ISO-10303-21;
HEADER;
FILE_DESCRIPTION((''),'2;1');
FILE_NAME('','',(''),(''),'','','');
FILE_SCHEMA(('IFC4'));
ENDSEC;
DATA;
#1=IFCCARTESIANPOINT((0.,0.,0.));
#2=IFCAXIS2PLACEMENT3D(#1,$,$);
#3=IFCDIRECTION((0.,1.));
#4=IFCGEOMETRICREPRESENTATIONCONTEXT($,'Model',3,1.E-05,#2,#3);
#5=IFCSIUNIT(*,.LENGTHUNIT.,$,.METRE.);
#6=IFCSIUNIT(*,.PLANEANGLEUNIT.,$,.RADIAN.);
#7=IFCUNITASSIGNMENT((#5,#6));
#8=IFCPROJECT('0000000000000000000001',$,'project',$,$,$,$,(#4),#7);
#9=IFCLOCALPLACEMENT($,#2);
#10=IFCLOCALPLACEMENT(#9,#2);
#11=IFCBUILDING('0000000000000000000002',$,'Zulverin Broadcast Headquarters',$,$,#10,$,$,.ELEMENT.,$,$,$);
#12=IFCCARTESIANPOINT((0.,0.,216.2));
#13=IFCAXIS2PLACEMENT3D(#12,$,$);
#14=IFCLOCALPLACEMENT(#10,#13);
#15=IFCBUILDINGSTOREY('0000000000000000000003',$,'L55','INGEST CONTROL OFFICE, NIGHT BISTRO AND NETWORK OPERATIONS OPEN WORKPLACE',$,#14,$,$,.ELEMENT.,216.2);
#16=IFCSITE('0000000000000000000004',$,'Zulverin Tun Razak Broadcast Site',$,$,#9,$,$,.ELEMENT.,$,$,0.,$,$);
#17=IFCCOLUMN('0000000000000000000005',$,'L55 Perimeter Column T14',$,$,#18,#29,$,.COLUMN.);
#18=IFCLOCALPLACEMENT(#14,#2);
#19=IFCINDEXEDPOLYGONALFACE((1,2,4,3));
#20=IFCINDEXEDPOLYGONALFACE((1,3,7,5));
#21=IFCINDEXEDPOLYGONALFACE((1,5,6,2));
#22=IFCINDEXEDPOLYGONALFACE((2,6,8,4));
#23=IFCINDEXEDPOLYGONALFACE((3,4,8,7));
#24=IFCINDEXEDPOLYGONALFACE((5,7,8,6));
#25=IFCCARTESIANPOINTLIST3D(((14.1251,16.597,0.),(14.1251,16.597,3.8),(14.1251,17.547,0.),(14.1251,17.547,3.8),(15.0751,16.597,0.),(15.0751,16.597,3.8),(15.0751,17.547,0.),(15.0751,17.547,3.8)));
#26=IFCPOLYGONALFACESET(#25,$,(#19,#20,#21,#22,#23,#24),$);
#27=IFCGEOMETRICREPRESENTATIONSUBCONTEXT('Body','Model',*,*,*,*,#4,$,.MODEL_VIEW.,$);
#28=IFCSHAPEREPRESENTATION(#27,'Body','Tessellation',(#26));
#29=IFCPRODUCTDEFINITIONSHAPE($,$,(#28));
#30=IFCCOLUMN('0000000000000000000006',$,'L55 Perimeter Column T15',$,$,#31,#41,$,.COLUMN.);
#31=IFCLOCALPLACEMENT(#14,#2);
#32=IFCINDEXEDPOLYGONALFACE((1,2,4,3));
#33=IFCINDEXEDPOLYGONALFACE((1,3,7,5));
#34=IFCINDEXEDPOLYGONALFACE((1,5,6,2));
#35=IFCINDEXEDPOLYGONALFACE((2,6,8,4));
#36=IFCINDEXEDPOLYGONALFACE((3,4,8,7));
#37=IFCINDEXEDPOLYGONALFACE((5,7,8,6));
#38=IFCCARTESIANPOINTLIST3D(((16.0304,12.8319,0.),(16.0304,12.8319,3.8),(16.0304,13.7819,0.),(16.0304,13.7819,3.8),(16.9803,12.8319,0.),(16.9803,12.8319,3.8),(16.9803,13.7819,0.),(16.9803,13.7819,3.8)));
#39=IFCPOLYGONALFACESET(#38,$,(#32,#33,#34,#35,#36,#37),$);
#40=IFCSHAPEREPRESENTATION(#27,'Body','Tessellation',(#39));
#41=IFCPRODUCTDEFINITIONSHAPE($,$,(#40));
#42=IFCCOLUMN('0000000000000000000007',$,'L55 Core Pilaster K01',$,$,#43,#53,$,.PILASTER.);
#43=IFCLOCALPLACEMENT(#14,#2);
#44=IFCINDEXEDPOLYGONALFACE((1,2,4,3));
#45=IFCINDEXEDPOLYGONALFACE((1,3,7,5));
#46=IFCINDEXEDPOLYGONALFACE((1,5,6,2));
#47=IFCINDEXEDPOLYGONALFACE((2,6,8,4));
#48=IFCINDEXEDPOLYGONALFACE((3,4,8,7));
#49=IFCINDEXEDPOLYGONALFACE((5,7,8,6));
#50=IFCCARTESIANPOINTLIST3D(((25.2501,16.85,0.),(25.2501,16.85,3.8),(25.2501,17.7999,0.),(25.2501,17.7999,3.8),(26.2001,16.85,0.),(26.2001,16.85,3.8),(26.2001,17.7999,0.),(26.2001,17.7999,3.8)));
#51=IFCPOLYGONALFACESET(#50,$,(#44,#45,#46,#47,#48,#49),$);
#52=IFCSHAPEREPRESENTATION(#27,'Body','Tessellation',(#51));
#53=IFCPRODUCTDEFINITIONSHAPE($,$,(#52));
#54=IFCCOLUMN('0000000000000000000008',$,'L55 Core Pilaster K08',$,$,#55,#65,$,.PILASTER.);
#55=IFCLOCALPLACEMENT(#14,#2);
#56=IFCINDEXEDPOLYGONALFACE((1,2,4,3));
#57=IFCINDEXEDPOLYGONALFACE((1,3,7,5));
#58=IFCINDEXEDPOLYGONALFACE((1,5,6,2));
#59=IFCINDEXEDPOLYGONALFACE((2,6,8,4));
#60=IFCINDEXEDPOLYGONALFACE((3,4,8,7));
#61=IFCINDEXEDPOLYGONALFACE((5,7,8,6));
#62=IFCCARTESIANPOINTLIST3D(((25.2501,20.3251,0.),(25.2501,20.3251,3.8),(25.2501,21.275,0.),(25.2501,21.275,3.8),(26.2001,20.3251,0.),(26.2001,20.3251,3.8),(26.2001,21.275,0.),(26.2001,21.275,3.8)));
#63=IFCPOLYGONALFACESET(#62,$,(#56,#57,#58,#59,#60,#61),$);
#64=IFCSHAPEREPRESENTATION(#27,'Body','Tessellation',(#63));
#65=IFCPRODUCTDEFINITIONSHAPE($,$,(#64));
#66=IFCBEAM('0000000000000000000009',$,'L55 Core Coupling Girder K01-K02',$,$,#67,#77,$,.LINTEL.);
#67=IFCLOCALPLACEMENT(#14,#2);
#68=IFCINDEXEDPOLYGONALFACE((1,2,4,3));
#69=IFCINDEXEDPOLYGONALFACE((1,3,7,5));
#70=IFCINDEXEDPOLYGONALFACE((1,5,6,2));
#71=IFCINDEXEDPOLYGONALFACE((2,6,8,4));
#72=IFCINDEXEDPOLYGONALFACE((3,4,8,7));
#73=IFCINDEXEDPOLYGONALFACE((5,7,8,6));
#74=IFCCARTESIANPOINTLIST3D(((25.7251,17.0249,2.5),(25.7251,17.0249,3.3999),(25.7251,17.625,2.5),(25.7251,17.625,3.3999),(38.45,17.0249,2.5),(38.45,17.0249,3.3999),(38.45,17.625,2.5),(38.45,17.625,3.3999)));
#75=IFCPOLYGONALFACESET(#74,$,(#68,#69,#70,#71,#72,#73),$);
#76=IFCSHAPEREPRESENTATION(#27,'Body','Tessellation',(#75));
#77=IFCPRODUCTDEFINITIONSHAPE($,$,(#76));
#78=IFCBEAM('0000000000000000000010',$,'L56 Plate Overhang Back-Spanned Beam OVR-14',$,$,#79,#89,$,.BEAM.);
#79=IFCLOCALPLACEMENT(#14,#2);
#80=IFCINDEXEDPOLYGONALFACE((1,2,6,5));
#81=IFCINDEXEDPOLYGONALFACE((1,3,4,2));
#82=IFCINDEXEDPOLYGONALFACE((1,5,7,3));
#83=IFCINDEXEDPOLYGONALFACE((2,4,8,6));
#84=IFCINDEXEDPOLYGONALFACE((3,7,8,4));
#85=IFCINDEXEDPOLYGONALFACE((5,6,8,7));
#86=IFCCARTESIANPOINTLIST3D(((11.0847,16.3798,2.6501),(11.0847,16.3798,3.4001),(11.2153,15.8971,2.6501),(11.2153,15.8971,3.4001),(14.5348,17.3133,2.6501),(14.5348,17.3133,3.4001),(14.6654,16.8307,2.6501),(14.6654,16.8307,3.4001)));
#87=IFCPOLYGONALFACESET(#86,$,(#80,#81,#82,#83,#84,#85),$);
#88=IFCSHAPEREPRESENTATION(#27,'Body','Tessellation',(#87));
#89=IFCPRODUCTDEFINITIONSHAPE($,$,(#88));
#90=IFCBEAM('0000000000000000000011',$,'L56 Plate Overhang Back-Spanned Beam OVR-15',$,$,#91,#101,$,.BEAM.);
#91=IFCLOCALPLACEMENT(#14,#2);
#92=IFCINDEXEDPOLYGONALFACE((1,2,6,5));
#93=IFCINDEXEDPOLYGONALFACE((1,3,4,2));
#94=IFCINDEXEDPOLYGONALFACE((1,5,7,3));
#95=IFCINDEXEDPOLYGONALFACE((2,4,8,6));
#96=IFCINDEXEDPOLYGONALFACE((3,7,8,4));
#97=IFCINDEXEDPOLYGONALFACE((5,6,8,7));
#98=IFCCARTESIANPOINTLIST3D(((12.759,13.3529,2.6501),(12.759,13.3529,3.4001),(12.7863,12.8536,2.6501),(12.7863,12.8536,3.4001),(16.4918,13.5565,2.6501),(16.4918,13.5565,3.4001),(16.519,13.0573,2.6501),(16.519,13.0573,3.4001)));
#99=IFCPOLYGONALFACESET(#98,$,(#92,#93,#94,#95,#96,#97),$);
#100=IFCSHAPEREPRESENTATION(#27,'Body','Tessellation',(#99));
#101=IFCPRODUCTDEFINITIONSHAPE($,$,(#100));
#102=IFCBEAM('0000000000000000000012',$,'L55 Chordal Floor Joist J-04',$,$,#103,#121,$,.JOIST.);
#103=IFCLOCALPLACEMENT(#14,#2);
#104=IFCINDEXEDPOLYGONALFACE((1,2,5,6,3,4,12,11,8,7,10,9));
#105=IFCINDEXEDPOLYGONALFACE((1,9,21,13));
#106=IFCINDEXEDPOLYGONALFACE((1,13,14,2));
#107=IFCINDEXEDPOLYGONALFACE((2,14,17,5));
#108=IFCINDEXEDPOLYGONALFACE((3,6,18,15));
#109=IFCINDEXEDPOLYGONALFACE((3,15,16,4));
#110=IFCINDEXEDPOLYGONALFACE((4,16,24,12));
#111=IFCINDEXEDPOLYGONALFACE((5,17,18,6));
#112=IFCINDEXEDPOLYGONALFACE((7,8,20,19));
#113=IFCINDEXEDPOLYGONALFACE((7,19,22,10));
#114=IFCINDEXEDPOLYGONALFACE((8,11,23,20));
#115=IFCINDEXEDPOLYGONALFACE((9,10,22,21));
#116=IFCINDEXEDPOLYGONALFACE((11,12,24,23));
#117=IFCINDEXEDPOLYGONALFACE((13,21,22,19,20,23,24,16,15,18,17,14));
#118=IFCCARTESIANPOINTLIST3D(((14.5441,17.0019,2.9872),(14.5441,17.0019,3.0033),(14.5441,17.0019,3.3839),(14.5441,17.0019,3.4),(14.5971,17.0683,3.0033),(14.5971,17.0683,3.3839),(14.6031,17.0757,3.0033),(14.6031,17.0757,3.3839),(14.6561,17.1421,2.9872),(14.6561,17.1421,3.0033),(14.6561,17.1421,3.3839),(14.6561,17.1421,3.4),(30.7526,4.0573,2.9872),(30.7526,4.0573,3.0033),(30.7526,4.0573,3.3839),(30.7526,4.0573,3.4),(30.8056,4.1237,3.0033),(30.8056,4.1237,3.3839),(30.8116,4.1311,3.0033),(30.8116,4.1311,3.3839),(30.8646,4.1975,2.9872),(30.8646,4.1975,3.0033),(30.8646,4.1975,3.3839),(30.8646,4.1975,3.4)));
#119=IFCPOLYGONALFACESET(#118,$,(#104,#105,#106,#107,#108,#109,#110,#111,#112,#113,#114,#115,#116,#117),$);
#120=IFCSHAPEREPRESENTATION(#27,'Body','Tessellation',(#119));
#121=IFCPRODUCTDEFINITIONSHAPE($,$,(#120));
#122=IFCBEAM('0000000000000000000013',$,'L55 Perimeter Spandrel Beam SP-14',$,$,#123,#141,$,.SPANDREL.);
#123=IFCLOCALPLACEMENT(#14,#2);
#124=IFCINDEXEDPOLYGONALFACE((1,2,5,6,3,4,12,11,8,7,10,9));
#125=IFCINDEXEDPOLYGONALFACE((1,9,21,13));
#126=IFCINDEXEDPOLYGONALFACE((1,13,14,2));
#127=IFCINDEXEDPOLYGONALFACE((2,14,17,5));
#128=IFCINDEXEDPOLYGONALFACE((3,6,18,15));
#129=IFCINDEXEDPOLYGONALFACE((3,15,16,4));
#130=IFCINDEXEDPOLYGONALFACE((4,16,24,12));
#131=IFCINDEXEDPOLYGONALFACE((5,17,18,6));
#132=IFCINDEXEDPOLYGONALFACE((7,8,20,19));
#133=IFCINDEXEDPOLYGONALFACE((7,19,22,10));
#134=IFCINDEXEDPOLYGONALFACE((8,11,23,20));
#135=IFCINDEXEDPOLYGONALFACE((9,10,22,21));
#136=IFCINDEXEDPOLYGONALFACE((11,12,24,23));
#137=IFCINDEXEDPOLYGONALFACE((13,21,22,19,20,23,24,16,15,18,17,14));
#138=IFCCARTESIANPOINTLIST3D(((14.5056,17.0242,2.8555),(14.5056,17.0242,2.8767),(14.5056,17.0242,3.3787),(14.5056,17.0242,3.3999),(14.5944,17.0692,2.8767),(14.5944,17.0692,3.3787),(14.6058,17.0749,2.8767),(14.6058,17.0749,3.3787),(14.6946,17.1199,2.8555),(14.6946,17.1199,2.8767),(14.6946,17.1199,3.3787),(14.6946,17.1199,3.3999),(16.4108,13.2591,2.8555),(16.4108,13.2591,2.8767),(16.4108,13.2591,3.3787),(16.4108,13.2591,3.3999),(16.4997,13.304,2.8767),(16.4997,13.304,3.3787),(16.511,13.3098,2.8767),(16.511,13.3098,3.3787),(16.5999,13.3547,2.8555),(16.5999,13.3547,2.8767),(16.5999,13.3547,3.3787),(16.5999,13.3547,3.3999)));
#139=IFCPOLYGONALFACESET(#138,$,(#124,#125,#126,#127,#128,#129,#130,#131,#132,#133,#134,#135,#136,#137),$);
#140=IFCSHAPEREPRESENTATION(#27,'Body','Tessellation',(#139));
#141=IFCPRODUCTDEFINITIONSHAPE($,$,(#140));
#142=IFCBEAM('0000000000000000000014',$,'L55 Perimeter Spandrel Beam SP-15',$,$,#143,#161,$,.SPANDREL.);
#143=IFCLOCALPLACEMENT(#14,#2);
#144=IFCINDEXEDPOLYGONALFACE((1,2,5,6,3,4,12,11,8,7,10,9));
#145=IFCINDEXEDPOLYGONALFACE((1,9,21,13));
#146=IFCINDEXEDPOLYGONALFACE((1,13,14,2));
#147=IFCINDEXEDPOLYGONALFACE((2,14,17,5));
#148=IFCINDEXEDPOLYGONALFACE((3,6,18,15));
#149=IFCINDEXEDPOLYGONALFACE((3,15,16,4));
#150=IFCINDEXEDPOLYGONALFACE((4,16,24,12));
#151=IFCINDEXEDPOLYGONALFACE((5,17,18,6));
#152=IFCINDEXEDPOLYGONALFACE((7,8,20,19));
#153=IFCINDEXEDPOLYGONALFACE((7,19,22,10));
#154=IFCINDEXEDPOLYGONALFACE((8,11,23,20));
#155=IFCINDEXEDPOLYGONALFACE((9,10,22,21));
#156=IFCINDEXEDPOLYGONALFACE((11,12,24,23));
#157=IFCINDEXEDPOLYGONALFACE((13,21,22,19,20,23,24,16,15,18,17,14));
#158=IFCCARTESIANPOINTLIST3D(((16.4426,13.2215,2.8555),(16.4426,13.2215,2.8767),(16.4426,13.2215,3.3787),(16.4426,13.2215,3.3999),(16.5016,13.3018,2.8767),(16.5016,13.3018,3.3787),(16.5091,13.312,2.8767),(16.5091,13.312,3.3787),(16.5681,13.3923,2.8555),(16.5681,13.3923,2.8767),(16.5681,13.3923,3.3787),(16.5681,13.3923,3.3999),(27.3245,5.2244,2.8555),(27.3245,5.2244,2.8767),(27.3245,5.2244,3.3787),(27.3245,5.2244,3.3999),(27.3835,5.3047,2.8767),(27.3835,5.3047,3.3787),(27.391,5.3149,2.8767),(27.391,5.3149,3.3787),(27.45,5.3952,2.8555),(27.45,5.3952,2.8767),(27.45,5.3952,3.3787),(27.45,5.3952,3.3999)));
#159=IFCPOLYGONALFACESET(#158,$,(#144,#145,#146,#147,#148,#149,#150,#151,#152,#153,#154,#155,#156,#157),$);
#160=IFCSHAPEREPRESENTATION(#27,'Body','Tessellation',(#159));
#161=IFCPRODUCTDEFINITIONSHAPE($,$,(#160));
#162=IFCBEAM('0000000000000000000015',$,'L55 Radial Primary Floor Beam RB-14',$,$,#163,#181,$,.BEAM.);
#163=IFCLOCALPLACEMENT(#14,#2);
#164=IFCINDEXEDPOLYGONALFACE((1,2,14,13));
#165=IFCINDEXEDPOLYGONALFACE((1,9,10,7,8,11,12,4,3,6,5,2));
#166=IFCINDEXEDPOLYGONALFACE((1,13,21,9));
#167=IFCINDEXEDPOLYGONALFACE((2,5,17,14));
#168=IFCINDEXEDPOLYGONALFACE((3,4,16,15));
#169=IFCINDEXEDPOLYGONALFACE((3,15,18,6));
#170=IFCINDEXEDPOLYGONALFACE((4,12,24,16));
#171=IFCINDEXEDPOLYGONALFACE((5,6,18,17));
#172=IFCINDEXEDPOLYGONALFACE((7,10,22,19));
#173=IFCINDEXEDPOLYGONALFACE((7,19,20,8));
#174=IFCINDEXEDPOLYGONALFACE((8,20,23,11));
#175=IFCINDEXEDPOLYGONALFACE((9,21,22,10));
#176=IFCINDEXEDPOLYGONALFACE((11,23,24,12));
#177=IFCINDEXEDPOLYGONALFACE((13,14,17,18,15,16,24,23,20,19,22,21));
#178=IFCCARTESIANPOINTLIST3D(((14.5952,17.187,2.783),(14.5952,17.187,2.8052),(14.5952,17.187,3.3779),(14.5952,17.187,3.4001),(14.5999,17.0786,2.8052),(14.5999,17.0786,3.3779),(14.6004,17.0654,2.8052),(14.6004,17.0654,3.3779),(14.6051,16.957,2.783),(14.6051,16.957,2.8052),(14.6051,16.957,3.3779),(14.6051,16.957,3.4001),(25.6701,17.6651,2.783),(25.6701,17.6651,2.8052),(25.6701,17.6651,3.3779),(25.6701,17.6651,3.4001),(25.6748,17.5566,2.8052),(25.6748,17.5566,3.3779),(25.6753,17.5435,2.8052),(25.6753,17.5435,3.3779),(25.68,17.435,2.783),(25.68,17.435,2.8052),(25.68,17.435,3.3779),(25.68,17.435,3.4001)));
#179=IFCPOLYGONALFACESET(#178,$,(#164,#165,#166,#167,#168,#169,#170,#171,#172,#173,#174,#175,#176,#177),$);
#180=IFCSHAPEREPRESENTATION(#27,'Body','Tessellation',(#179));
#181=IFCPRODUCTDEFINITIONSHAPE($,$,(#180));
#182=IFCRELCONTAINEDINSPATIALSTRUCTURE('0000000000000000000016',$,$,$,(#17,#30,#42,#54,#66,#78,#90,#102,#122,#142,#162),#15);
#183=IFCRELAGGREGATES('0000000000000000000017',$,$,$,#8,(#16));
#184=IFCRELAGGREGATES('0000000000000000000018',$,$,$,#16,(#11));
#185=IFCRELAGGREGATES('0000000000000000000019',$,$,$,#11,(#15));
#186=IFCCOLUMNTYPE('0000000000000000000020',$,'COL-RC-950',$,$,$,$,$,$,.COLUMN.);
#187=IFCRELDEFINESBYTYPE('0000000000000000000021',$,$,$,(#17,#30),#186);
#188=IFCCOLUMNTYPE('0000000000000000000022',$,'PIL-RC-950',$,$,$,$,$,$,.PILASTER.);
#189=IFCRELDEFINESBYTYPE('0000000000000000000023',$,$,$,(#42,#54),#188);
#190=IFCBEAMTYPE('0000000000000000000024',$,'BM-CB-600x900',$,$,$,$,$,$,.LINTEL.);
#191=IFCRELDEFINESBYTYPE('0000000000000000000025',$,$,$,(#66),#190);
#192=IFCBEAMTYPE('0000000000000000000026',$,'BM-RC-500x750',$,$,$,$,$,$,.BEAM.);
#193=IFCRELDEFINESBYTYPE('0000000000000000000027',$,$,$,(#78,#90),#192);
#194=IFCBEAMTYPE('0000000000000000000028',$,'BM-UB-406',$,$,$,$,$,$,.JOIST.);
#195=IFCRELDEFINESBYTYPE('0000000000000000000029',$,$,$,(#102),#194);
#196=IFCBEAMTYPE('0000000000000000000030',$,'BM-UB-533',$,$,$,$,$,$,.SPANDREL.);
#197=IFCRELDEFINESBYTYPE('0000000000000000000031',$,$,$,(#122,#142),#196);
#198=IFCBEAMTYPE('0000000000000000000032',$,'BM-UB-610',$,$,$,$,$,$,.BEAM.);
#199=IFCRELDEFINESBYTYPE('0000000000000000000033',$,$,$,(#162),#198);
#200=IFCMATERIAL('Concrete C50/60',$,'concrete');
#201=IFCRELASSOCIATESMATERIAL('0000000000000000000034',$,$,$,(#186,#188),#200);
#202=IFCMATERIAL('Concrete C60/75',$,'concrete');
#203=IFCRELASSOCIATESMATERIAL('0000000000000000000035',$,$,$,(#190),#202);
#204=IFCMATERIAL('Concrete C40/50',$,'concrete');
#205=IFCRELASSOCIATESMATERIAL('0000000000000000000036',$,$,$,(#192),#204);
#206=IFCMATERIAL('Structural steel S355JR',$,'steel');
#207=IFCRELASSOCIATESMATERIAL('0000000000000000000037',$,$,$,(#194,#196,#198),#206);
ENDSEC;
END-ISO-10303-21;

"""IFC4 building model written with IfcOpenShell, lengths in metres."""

from ifc_helpers import new_model, si_unit, direction, frame, origin, origin_2d, place, context, subcontext, project, spatial, rectangle, i_section, extrude, material, material_profile, profile_set, type_object, element, save


model = new_model("IFC4")

# Units and contexts
model_context = context("Model", 3, precision=1e-05, world=origin(), true_north=direction((0.0, 1.0)))
body_context = subcontext(model_context, "Body", "Model", "MODEL_VIEW")
ifc_project = project(units=[si_unit("LENGTHUNIT", "METRE"), si_unit("PLANEANGLEUNIT", "RADIAN")], contexts=[model_context])

# Site, building, storey
site_placement = place(None, origin())
site = spatial("IfcSite", under=ifc_project, at=site_placement, Name="Zulverin Tun Razak Broadcast Site", CompositionType="ELEMENT", RefElevation=0.0)
building_placement = place(site_placement, origin())
building = spatial("IfcBuilding", under=site, at=building_placement, Name="Zulverin Broadcast Headquarters", CompositionType="ELEMENT")
storey_placement = place(building_placement, frame((0.0, 0.0, 216.2)))
storey = spatial("IfcBuildingStorey", under=building, at=storey_placement, Name="L55", Description="INGEST CONTROL OFFICE, NIGHT BISTRO AND NETWORK OPERATIONS OPEN WORKPLACE", CompositionType="ELEMENT", Elevation=216.2)

# Columns
ifc_material_1 = material(Name="Concrete C50/60", Category="concrete")
ifc_material_profile_1 = material_profile(ifc_material_1, rectangle(XDim=0.95, YDim=0.95, at=origin_2d()), Name="Concrete C50/60", Category="concrete")
ifc_profile_set_1 = profile_set([ifc_material_profile_1], Name="Concrete C50/60")
column_type_1 = type_object("IfcColumnType", Name="COL-RC-950", PredefinedType="COLUMN", material=ifc_profile_set_1)
for number, where, z_axis, x_axis, name in (
    (1, (14.6001, 17.072, 0.0), (0.0, 0.0, 1.0), (1.0, 0.0, 0.0), "L55 Perimeter Column T14"),
    (2, (16.5054, 13.3069, 0.0), (0.0, 0.0, 1.0), (1.0, 0.0, 0.0), "L55 Perimeter Column T15"),
):
    element("IfcColumn", number, at=place(storey_placement, frame(where, z_axis=z_axis, x_axis=x_axis)), inside=storey, type_object=column_type_1, Name=name, PredefinedType="COLUMN", context=body_context, shape_type="SweptSolid", body=[
        extrude(rectangle(XDim=0.95, YDim=0.95, at=origin_2d()), origin(), (0.0, 0.0, 1.0), 3.8),
    ])
ifc_material_profile_2 = material_profile(ifc_material_1, rectangle(XDim=0.95, YDim=0.95, at=origin_2d()), Name="Concrete C50/60", Category="concrete")
ifc_profile_set_2 = profile_set([ifc_material_profile_2], Name="Concrete C50/60")
column_type_2 = type_object("IfcColumnType", Name="PIL-RC-950", PredefinedType="PILASTER", material=ifc_profile_set_2)
for number, where, z_axis, x_axis, name in (
    (3, (25.7251, 17.325, 0.0), (0.0, 0.0, 1.0), (1.0, 0.0, 0.0), "L55 Core Pilaster K01"),
    (4, (25.7251, 20.8, 0.0), (0.0, 0.0, 1.0), (1.0, 0.0, 0.0), "L55 Core Pilaster K08"),
):
    element("IfcColumn", number, at=place(storey_placement, frame(where, z_axis=z_axis, x_axis=x_axis)), inside=storey, type_object=column_type_2, Name=name, PredefinedType="PILASTER", context=body_context, shape_type="SweptSolid", body=[
        extrude(rectangle(XDim=0.95, YDim=0.95, at=origin_2d()), origin(), (0.0, 0.0, 1.0), 3.8),
    ])

# Beams
ifc_material_2 = material(Name="Concrete C60/75", Category="concrete")
ifc_material_profile_3 = material_profile(ifc_material_2, rectangle(XDim=0.6001, YDim=0.8999, at=origin_2d()), Name="Concrete C60/75", Category="concrete")
ifc_profile_set_3 = profile_set([ifc_material_profile_3], Name="Concrete C60/75")
beam_type_1 = type_object("IfcBeamType", Name="BM-CB-600x900", PredefinedType="LINTEL", material=ifc_profile_set_3)
beam_1_placement = place(storey_placement, frame((25.7251, 17.325, 2.95), z_axis=(1.0, 0.0, 0.0), x_axis=(0.0, 1.0, 0.0)))
element("IfcBeam", 5, at=beam_1_placement, inside=storey, type_object=beam_type_1, Name="L55 Core Coupling Girder K01-K02", PredefinedType="LINTEL", context=body_context, shape_type="SweptSolid", body=[
    extrude(rectangle(XDim=0.6001, YDim=0.8999, at=origin_2d()), origin(), (0.0, 0.0, 1.0), 12.7249),
])
ifc_material_3 = material(Name="Concrete C40/50", Category="concrete")
ifc_material_profile_4 = material_profile(ifc_material_3, rectangle(XDim=0.5, YDim=0.75, at=origin_2d()), Name="Concrete C40/50", Category="concrete")
ifc_profile_set_4 = profile_set([ifc_material_profile_4], Name="Concrete C40/50")
beam_type_2 = type_object("IfcBeamType", Name="BM-RC-500x750", PredefinedType="BEAM", material=ifc_profile_set_4)
beam_2_placement = place(storey_placement, frame((14.6001, 17.072, 3.0251), z_axis=(-0.965285, -0.261198, 0.0), x_axis=(0.261198, -0.965285, 0.0)))
element("IfcBeam", 6, at=beam_2_placement, inside=storey, type_object=beam_type_2, Name="L56 Plate Overhang Back-Spanned Beam OVR-14", PredefinedType="BEAM", context=body_context, shape_type="SweptSolid", body=[
    extrude(rectangle(XDim=0.5, YDim=0.75, at=origin_2d()), origin(), (0.0, 0.0, 1.0), 3.5742),
])
beam_3_placement = place(storey_placement, frame((16.5054, 13.3069, 3.0251), z_axis=(-0.998516, -0.054468, 0.0), x_axis=(0.054468, -0.998516, 0.0)))
element("IfcBeam", 7, at=beam_3_placement, inside=storey, type_object=beam_type_2, Name="L56 Plate Overhang Back-Spanned Beam OVR-15", PredefinedType="BEAM", context=body_context, shape_type="SweptSolid", body=[
    extrude(rectangle(XDim=0.5, YDim=0.75, at=origin_2d()), origin(), (0.0, 0.0, 1.0), 3.7383),
])
ifc_material_4 = material(Name="Structural steel S355JR", Category="steel")
ifc_material_profile_5 = material_profile(ifc_material_4, i_section(OverallWidth=0.1794, OverallDepth=0.4128, WebThickness=0.0095, FlangeThickness=0.0161, at=origin_2d()), Name="Structural steel S355JR", Category="steel")
ifc_profile_set_5 = profile_set([ifc_material_profile_5], Name="Structural steel S355JR")
beam_type_3 = type_object("IfcBeamType", Name="BM-UB-406", PredefinedType="JOIST", material=ifc_profile_set_5)
beam_4_placement = place(storey_placement, frame((14.6001, 17.072, 3.1936), z_axis=(0.781391, -0.624042, 0.0), x_axis=(0.624042, 0.781391, 0.0)))
element("IfcBeam", 8, at=beam_4_placement, inside=storey, type_object=beam_type_3, Name="L55 Chordal Floor Joist J-04", PredefinedType="JOIST", context=body_context, shape_type="SweptSolid", body=[
    extrude(i_section(OverallWidth=0.1794, OverallDepth=0.4128, WebThickness=0.0095, FlangeThickness=0.0161, at=origin_2d()), origin(), (0.0, 0.0, 1.0), 20.7432),
])
ifc_material_profile_6 = material_profile(ifc_material_4, i_section(OverallWidth=0.2119, OverallDepth=0.5444, WebThickness=0.0127, FlangeThickness=0.0212, at=origin_2d()), Name="Structural steel S355JR", Category="steel")
ifc_profile_set_6 = profile_set([ifc_material_profile_6], Name="Structural steel S355JR")
beam_type_4 = type_object("IfcBeamType", Name="BM-UB-533", PredefinedType="SPANDREL", material=ifc_profile_set_6)
beam_5_placement = place(storey_placement, frame((14.6001, 17.072, 3.1277), z_axis=(0.451513, -0.892265, 0.0), x_axis=(0.892265, 0.451513, 0.0)))
element("IfcBeam", 9, at=beam_5_placement, inside=storey, type_object=beam_type_4, Name="L55 Perimeter Spandrel Beam SP-14", PredefinedType="SPANDREL", context=body_context, shape_type="SweptSolid", body=[
    extrude(i_section(OverallWidth=0.2119, OverallDepth=0.5444, WebThickness=0.0127, FlangeThickness=0.0212, at=origin_2d()), origin(), (0.0, 0.0, 1.0), 4.2197),
])
beam_6_placement = place(storey_placement, frame((16.5054, 13.3069, 3.1277), z_axis=(0.805802, -0.592185, 0.0), x_axis=(0.592185, 0.805802, 0.0)))
element("IfcBeam", 10, at=beam_6_placement, inside=storey, type_object=beam_type_4, Name="L55 Perimeter Spandrel Beam SP-15", PredefinedType="SPANDREL", context=body_context, shape_type="SweptSolid", body=[
    extrude(i_section(OverallWidth=0.2119, OverallDepth=0.5444, WebThickness=0.0127, FlangeThickness=0.0212, at=origin_2d()), origin(), (0.0, 0.0, 1.0), 13.5044),
])
ifc_material_profile_7 = material_profile(ifc_material_4, i_section(OverallWidth=0.2302, OverallDepth=0.6172, WebThickness=0.0132, FlangeThickness=0.0222, at=origin_2d()), Name="Structural steel S355JR", Category="steel")
ifc_profile_set_7 = profile_set([ifc_material_profile_7], Name="Structural steel S355JR")
beam_type_5 = type_object("IfcBeamType", Name="BM-UB-610", PredefinedType="BEAM", material=ifc_profile_set_7)
beam_7_placement = place(storey_placement, frame((25.675, 17.55, 3.0916), z_axis=(-0.99907, -0.043123, 0.0), x_axis=(0.043123, -0.99907, 0.0)))
element("IfcBeam", 11, at=beam_7_placement, inside=storey, type_object=beam_type_5, Name="L55 Radial Primary Floor Beam RB-14", PredefinedType="BEAM", context=body_context, shape_type="SweptSolid", body=[
    extrude(i_section(OverallWidth=0.2302, OverallDepth=0.6172, WebThickness=0.0132, FlangeThickness=0.0222, at=origin_2d()), origin(), (0.0, 0.0, 1.0), 11.0852),
])

save(model, "model.ifc")
